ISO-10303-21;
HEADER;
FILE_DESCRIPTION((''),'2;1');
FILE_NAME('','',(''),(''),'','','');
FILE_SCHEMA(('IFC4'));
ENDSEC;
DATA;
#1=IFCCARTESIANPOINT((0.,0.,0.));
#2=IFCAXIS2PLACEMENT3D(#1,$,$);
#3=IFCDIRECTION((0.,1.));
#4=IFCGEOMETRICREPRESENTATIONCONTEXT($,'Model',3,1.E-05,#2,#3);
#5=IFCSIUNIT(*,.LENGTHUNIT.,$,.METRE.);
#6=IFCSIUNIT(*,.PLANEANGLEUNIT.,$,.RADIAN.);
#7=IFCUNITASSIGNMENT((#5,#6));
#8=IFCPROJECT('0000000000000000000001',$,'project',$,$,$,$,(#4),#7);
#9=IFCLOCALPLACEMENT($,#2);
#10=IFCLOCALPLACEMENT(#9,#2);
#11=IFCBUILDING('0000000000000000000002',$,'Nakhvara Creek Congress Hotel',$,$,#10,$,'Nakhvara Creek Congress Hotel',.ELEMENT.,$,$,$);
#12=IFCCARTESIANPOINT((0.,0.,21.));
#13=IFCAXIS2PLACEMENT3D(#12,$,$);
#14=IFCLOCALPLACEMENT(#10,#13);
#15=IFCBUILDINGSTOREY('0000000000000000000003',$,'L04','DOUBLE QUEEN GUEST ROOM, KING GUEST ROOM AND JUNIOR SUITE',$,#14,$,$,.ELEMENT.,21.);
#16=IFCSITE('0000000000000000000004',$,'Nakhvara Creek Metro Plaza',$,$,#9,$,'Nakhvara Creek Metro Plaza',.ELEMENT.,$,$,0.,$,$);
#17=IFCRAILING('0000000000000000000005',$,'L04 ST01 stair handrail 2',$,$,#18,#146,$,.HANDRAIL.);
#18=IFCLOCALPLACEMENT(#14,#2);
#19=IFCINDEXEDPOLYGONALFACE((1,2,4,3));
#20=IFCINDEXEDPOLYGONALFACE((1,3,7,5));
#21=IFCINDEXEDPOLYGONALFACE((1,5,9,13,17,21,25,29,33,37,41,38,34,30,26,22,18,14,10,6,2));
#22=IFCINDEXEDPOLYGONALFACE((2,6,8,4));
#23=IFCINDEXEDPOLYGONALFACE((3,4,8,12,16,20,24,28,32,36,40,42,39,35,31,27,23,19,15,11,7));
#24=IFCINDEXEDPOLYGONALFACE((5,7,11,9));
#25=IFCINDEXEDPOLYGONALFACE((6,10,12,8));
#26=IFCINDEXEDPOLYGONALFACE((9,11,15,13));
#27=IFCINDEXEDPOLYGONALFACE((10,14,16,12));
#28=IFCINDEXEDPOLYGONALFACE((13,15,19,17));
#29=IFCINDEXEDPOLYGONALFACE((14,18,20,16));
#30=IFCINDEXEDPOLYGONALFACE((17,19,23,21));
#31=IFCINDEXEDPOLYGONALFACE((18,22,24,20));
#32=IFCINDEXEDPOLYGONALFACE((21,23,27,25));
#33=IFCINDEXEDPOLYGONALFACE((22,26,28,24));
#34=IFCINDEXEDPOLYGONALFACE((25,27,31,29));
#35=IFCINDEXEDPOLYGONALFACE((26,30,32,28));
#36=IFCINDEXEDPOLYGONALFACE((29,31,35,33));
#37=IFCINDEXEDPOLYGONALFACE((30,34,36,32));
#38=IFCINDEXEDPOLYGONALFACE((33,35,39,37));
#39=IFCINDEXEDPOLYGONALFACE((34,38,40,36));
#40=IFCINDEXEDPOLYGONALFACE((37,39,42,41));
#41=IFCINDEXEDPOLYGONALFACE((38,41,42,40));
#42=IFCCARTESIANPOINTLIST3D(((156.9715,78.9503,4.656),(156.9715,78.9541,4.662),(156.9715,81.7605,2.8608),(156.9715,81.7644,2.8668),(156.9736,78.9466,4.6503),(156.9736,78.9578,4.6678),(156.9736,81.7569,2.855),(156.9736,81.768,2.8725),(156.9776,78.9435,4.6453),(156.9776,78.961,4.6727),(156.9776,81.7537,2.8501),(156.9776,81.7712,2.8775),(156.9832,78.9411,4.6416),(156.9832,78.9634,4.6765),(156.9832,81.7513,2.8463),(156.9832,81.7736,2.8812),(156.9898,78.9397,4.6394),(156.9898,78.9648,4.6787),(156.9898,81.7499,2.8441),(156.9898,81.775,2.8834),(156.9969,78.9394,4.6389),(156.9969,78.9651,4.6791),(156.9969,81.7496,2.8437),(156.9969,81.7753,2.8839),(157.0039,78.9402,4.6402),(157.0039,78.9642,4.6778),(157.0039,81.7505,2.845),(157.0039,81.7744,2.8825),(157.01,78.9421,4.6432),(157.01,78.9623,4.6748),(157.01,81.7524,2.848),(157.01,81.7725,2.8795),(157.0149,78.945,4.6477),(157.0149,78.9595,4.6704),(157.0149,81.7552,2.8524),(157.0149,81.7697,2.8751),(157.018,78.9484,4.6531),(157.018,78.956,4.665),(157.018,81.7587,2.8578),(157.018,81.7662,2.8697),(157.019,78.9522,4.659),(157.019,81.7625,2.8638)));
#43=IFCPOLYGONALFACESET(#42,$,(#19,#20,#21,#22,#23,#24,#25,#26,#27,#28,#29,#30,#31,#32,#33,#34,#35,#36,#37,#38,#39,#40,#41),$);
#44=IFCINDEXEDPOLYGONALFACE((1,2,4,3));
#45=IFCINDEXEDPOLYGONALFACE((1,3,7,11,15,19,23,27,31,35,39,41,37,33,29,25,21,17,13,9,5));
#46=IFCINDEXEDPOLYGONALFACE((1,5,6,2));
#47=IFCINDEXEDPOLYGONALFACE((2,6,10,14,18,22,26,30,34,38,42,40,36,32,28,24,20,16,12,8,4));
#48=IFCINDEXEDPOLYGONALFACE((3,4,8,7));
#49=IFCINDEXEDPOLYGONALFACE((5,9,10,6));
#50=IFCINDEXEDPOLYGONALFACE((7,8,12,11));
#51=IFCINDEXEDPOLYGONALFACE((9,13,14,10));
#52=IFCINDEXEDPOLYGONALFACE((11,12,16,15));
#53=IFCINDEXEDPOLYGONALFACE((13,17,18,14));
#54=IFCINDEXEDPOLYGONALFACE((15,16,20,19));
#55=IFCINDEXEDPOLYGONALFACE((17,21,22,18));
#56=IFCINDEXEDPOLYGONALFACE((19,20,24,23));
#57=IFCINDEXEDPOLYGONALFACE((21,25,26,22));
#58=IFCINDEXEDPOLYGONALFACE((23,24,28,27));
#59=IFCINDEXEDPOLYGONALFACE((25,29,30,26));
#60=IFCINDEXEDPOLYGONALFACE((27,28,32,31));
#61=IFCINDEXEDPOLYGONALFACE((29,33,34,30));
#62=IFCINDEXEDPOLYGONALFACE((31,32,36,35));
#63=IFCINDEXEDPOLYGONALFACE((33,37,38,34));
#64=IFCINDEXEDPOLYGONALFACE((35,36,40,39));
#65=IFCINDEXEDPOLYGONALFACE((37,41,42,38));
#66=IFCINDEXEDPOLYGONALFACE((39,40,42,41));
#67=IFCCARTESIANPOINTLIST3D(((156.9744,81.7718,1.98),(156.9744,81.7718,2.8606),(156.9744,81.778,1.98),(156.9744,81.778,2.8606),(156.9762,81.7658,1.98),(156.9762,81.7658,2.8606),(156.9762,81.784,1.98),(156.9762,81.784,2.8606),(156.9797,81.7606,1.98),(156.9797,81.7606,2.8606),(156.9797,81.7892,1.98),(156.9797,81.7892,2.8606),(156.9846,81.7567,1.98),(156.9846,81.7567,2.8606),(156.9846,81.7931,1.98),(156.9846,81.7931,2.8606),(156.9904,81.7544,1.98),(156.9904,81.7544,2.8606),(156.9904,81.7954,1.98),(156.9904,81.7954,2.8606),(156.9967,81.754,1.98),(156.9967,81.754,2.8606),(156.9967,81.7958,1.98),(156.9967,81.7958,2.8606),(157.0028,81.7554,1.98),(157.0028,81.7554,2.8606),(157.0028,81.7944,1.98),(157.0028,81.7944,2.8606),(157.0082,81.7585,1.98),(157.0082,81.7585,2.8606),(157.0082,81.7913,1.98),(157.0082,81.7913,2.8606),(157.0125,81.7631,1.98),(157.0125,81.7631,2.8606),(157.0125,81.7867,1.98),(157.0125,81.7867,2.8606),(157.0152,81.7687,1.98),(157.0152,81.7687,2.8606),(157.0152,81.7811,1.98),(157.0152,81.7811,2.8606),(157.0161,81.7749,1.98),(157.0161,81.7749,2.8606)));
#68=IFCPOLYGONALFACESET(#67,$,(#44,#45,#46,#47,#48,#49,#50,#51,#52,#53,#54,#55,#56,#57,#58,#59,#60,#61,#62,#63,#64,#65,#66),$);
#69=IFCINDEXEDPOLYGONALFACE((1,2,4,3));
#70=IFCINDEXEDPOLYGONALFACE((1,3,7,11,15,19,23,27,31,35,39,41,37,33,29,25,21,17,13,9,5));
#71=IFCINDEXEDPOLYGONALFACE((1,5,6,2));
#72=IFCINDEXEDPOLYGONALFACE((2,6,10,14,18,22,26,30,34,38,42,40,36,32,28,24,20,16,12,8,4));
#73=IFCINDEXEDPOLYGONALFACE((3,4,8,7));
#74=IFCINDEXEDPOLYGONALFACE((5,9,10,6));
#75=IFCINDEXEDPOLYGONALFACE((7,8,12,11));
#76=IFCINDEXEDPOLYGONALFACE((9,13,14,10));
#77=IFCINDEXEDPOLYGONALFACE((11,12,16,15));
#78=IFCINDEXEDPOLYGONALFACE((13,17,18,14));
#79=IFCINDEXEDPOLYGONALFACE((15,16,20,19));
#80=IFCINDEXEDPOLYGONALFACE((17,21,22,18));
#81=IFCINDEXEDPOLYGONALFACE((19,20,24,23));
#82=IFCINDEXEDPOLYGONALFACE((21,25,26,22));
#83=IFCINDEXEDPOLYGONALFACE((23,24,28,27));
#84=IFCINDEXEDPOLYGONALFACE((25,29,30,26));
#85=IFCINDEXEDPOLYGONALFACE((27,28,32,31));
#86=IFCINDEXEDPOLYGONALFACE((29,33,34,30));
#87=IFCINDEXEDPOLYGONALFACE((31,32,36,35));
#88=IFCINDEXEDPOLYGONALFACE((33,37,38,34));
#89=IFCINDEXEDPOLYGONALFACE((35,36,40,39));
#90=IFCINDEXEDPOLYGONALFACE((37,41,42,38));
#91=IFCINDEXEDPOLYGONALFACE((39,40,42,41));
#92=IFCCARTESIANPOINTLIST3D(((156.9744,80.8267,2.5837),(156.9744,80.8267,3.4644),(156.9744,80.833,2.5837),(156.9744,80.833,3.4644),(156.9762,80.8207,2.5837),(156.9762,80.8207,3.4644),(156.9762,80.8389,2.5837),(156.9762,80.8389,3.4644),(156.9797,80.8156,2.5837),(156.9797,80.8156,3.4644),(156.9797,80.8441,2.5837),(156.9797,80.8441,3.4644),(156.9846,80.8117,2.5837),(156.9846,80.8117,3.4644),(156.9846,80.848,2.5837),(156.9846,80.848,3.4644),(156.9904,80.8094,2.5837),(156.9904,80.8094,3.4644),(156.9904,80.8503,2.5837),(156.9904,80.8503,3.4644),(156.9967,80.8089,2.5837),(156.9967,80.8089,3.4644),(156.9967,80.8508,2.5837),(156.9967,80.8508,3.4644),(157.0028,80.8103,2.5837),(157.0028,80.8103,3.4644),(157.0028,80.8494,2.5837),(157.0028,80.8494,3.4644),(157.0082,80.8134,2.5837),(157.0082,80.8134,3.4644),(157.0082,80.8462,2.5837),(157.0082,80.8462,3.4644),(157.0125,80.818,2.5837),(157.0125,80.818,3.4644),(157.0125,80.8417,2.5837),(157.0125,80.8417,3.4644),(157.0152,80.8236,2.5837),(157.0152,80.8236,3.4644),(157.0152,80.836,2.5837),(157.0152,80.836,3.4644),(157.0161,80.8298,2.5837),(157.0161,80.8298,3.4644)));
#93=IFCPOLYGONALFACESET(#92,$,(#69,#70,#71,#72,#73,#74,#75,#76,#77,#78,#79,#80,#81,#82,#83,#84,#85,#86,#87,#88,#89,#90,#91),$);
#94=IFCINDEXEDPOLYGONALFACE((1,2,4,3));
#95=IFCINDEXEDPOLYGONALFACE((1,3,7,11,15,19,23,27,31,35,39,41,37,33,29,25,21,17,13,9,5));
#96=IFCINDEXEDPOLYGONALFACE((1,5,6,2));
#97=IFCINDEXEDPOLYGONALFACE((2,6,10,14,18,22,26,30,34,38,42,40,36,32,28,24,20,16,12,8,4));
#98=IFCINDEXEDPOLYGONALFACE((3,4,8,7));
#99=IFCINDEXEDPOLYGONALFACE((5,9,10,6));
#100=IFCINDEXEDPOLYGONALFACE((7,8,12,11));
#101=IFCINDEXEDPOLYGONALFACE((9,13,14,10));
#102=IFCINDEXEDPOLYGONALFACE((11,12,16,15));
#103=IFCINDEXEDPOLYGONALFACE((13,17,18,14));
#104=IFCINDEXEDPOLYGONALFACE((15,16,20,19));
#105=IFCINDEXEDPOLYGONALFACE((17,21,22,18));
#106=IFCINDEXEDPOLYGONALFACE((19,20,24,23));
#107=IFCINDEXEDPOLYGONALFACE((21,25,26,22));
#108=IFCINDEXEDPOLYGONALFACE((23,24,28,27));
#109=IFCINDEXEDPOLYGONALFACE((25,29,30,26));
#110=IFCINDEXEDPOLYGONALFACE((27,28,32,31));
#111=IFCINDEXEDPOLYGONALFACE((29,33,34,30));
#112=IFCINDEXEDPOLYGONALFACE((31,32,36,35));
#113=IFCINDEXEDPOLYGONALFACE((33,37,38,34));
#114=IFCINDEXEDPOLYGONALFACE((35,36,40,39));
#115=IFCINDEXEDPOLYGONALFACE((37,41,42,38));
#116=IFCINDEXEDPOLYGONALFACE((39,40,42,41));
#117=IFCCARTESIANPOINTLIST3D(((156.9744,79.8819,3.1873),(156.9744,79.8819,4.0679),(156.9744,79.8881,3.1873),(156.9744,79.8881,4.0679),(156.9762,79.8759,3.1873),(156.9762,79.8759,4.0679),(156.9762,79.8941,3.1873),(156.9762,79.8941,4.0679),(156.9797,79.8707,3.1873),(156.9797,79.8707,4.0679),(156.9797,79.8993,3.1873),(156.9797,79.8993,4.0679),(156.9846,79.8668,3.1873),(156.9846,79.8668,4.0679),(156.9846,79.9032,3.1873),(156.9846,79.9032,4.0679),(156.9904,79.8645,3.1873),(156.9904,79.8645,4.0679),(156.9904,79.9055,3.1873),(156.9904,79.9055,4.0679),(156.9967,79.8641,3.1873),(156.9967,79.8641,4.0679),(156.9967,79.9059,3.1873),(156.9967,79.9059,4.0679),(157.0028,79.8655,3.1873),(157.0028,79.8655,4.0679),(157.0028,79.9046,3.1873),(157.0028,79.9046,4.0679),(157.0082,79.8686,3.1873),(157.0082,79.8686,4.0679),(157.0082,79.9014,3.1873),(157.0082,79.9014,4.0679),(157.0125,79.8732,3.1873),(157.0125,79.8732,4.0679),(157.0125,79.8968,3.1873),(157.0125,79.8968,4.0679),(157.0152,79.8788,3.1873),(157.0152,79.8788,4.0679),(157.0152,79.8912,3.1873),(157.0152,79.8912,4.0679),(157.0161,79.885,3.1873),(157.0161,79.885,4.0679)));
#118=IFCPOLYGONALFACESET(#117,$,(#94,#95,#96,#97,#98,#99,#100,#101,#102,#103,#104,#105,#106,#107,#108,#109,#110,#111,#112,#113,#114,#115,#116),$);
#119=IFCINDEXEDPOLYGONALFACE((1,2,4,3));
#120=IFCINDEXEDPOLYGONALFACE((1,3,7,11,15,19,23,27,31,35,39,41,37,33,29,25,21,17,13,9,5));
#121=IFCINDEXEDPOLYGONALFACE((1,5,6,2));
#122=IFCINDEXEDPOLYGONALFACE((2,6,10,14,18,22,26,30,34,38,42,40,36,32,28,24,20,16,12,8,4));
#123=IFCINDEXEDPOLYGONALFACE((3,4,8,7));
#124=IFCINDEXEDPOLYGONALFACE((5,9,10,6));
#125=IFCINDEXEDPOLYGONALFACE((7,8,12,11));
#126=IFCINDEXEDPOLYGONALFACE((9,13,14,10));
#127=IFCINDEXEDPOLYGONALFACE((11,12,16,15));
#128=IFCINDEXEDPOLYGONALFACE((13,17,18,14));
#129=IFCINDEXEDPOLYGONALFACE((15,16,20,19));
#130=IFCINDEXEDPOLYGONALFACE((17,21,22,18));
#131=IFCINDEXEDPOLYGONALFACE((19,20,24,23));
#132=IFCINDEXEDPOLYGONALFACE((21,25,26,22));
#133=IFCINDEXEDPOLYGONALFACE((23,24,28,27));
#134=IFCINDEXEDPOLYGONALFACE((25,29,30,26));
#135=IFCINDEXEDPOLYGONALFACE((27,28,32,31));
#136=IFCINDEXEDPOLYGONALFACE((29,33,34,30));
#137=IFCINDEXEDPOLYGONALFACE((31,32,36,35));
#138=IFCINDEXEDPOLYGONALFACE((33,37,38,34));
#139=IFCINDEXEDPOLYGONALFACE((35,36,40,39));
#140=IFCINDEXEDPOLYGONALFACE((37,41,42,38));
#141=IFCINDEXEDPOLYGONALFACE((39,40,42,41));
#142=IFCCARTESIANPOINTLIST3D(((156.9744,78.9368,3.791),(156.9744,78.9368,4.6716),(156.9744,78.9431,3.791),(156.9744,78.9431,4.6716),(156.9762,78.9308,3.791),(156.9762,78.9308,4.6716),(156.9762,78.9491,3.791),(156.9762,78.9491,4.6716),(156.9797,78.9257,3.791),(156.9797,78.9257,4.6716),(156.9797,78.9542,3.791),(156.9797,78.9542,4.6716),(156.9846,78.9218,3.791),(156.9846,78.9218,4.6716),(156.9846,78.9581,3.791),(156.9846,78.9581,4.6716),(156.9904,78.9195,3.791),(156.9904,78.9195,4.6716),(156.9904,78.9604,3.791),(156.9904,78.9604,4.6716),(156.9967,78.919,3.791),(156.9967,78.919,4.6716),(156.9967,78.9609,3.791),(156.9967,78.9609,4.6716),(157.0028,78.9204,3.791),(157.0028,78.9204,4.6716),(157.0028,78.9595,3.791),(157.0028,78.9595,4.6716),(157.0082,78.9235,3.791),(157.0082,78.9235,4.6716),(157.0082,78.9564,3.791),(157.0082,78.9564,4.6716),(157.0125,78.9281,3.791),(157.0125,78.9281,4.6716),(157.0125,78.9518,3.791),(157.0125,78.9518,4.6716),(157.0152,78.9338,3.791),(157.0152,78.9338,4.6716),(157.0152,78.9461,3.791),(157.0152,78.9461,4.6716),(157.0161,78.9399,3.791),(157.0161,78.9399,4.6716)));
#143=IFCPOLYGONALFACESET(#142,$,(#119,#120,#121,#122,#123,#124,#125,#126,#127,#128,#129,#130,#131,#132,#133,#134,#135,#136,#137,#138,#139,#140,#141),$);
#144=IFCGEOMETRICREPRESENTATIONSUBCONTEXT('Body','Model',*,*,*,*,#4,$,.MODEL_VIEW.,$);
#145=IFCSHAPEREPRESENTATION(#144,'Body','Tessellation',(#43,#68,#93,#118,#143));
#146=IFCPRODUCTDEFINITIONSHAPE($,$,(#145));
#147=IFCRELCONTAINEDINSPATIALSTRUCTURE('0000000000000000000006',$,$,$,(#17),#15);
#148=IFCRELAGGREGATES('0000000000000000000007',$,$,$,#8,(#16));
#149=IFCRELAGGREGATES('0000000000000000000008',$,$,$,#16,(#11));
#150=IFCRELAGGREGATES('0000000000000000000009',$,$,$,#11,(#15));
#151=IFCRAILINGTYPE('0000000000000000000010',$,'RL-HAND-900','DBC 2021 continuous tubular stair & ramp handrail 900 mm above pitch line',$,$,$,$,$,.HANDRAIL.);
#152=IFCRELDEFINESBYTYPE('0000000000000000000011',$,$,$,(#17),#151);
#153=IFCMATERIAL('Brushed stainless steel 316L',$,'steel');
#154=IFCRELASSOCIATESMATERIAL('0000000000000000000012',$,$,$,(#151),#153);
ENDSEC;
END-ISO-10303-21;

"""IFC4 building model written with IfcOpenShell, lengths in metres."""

from ifc_helpers import new_model, si_unit, direction, frame, origin, origin_2d, place, context, subcontext, project, spatial, circle, extrude, material, type_object, element, save


model = new_model("IFC4")

# Units and contexts
model_context = context("Model", 3, precision=1e-05, world=origin(), true_north=direction((0.0, 1.0)))
body_context = subcontext(model_context, "Body", "Model", "MODEL_VIEW")
ifc_project = project(units=[si_unit("LENGTHUNIT", "METRE"), si_unit("PLANEANGLEUNIT", "RADIAN")], contexts=[model_context])

# Site, building, storey
site_placement = place(None, origin())
site = spatial("IfcSite", under=ifc_project, at=site_placement, Name="Nakhvara Creek Metro Plaza", LongName="Nakhvara Creek Metro Plaza", CompositionType="ELEMENT", RefElevation=0.0)
building_placement = place(site_placement, origin())
building = spatial("IfcBuilding", under=site, at=building_placement, Name="Nakhvara Creek Congress Hotel", LongName="Nakhvara Creek Congress Hotel", CompositionType="ELEMENT")
storey_placement = place(building_placement, frame((0.0, 0.0, 21.0)))
storey = spatial("IfcBuildingStorey", under=building, at=storey_placement, Name="L04", Description="DOUBLE QUEEN GUEST ROOM, KING GUEST ROOM AND JUNIOR SUITE", CompositionType="ELEMENT", Elevation=21.0)

# Railing
ifc_material_1 = material(Name="Brushed stainless steel 316L", Category="steel")
railing_type_1 = type_object("IfcRailingType", Name="RL-HAND-900", Description="DBC 2021 continuous tubular stair & ramp handrail 900 mm above pitch line", PredefinedType="HANDRAIL", material=ifc_material_1)
railing_1_placement = place(storey_placement, frame((156.9951, 81.7749, 1.98)))
element("IfcRailing", 1, at=railing_1_placement, inside=storey, type_object=railing_type_1, Name="L04 ST01 stair handrail 2", PredefinedType="HANDRAIL", context=body_context, shape_type="SweptSolid", body=[
    extrude(circle(Radius=0.0239, at=origin_2d()), frame((0.0, -0.0125, 0.8838), z_axis=(0.0, -0.842722, 0.538349), x_axis=(1.0, 0.0, 0.0)), (0.0, 0.0, 1.0), 3.3347),
    extrude(circle(Radius=0.021, at=origin_2d()), origin(), (0.0, 0.0, 1.0), 0.8806),
    extrude(circle(Radius=0.021, at=origin_2d()), frame((0.0, -0.9451, 0.6038)), (0.0, 0.0, 1.0), 0.8806),
    extrude(circle(Radius=0.021, at=origin_2d()), frame((0.0, -1.8899, 1.2073)), (0.0, 0.0, 1.0), 0.8806),
    extrude(circle(Radius=0.021, at=origin_2d()), frame((0.0, -2.835, 1.811)), (0.0, 0.0, 1.0), 0.8806),
])

save(model, "model.ifc")
